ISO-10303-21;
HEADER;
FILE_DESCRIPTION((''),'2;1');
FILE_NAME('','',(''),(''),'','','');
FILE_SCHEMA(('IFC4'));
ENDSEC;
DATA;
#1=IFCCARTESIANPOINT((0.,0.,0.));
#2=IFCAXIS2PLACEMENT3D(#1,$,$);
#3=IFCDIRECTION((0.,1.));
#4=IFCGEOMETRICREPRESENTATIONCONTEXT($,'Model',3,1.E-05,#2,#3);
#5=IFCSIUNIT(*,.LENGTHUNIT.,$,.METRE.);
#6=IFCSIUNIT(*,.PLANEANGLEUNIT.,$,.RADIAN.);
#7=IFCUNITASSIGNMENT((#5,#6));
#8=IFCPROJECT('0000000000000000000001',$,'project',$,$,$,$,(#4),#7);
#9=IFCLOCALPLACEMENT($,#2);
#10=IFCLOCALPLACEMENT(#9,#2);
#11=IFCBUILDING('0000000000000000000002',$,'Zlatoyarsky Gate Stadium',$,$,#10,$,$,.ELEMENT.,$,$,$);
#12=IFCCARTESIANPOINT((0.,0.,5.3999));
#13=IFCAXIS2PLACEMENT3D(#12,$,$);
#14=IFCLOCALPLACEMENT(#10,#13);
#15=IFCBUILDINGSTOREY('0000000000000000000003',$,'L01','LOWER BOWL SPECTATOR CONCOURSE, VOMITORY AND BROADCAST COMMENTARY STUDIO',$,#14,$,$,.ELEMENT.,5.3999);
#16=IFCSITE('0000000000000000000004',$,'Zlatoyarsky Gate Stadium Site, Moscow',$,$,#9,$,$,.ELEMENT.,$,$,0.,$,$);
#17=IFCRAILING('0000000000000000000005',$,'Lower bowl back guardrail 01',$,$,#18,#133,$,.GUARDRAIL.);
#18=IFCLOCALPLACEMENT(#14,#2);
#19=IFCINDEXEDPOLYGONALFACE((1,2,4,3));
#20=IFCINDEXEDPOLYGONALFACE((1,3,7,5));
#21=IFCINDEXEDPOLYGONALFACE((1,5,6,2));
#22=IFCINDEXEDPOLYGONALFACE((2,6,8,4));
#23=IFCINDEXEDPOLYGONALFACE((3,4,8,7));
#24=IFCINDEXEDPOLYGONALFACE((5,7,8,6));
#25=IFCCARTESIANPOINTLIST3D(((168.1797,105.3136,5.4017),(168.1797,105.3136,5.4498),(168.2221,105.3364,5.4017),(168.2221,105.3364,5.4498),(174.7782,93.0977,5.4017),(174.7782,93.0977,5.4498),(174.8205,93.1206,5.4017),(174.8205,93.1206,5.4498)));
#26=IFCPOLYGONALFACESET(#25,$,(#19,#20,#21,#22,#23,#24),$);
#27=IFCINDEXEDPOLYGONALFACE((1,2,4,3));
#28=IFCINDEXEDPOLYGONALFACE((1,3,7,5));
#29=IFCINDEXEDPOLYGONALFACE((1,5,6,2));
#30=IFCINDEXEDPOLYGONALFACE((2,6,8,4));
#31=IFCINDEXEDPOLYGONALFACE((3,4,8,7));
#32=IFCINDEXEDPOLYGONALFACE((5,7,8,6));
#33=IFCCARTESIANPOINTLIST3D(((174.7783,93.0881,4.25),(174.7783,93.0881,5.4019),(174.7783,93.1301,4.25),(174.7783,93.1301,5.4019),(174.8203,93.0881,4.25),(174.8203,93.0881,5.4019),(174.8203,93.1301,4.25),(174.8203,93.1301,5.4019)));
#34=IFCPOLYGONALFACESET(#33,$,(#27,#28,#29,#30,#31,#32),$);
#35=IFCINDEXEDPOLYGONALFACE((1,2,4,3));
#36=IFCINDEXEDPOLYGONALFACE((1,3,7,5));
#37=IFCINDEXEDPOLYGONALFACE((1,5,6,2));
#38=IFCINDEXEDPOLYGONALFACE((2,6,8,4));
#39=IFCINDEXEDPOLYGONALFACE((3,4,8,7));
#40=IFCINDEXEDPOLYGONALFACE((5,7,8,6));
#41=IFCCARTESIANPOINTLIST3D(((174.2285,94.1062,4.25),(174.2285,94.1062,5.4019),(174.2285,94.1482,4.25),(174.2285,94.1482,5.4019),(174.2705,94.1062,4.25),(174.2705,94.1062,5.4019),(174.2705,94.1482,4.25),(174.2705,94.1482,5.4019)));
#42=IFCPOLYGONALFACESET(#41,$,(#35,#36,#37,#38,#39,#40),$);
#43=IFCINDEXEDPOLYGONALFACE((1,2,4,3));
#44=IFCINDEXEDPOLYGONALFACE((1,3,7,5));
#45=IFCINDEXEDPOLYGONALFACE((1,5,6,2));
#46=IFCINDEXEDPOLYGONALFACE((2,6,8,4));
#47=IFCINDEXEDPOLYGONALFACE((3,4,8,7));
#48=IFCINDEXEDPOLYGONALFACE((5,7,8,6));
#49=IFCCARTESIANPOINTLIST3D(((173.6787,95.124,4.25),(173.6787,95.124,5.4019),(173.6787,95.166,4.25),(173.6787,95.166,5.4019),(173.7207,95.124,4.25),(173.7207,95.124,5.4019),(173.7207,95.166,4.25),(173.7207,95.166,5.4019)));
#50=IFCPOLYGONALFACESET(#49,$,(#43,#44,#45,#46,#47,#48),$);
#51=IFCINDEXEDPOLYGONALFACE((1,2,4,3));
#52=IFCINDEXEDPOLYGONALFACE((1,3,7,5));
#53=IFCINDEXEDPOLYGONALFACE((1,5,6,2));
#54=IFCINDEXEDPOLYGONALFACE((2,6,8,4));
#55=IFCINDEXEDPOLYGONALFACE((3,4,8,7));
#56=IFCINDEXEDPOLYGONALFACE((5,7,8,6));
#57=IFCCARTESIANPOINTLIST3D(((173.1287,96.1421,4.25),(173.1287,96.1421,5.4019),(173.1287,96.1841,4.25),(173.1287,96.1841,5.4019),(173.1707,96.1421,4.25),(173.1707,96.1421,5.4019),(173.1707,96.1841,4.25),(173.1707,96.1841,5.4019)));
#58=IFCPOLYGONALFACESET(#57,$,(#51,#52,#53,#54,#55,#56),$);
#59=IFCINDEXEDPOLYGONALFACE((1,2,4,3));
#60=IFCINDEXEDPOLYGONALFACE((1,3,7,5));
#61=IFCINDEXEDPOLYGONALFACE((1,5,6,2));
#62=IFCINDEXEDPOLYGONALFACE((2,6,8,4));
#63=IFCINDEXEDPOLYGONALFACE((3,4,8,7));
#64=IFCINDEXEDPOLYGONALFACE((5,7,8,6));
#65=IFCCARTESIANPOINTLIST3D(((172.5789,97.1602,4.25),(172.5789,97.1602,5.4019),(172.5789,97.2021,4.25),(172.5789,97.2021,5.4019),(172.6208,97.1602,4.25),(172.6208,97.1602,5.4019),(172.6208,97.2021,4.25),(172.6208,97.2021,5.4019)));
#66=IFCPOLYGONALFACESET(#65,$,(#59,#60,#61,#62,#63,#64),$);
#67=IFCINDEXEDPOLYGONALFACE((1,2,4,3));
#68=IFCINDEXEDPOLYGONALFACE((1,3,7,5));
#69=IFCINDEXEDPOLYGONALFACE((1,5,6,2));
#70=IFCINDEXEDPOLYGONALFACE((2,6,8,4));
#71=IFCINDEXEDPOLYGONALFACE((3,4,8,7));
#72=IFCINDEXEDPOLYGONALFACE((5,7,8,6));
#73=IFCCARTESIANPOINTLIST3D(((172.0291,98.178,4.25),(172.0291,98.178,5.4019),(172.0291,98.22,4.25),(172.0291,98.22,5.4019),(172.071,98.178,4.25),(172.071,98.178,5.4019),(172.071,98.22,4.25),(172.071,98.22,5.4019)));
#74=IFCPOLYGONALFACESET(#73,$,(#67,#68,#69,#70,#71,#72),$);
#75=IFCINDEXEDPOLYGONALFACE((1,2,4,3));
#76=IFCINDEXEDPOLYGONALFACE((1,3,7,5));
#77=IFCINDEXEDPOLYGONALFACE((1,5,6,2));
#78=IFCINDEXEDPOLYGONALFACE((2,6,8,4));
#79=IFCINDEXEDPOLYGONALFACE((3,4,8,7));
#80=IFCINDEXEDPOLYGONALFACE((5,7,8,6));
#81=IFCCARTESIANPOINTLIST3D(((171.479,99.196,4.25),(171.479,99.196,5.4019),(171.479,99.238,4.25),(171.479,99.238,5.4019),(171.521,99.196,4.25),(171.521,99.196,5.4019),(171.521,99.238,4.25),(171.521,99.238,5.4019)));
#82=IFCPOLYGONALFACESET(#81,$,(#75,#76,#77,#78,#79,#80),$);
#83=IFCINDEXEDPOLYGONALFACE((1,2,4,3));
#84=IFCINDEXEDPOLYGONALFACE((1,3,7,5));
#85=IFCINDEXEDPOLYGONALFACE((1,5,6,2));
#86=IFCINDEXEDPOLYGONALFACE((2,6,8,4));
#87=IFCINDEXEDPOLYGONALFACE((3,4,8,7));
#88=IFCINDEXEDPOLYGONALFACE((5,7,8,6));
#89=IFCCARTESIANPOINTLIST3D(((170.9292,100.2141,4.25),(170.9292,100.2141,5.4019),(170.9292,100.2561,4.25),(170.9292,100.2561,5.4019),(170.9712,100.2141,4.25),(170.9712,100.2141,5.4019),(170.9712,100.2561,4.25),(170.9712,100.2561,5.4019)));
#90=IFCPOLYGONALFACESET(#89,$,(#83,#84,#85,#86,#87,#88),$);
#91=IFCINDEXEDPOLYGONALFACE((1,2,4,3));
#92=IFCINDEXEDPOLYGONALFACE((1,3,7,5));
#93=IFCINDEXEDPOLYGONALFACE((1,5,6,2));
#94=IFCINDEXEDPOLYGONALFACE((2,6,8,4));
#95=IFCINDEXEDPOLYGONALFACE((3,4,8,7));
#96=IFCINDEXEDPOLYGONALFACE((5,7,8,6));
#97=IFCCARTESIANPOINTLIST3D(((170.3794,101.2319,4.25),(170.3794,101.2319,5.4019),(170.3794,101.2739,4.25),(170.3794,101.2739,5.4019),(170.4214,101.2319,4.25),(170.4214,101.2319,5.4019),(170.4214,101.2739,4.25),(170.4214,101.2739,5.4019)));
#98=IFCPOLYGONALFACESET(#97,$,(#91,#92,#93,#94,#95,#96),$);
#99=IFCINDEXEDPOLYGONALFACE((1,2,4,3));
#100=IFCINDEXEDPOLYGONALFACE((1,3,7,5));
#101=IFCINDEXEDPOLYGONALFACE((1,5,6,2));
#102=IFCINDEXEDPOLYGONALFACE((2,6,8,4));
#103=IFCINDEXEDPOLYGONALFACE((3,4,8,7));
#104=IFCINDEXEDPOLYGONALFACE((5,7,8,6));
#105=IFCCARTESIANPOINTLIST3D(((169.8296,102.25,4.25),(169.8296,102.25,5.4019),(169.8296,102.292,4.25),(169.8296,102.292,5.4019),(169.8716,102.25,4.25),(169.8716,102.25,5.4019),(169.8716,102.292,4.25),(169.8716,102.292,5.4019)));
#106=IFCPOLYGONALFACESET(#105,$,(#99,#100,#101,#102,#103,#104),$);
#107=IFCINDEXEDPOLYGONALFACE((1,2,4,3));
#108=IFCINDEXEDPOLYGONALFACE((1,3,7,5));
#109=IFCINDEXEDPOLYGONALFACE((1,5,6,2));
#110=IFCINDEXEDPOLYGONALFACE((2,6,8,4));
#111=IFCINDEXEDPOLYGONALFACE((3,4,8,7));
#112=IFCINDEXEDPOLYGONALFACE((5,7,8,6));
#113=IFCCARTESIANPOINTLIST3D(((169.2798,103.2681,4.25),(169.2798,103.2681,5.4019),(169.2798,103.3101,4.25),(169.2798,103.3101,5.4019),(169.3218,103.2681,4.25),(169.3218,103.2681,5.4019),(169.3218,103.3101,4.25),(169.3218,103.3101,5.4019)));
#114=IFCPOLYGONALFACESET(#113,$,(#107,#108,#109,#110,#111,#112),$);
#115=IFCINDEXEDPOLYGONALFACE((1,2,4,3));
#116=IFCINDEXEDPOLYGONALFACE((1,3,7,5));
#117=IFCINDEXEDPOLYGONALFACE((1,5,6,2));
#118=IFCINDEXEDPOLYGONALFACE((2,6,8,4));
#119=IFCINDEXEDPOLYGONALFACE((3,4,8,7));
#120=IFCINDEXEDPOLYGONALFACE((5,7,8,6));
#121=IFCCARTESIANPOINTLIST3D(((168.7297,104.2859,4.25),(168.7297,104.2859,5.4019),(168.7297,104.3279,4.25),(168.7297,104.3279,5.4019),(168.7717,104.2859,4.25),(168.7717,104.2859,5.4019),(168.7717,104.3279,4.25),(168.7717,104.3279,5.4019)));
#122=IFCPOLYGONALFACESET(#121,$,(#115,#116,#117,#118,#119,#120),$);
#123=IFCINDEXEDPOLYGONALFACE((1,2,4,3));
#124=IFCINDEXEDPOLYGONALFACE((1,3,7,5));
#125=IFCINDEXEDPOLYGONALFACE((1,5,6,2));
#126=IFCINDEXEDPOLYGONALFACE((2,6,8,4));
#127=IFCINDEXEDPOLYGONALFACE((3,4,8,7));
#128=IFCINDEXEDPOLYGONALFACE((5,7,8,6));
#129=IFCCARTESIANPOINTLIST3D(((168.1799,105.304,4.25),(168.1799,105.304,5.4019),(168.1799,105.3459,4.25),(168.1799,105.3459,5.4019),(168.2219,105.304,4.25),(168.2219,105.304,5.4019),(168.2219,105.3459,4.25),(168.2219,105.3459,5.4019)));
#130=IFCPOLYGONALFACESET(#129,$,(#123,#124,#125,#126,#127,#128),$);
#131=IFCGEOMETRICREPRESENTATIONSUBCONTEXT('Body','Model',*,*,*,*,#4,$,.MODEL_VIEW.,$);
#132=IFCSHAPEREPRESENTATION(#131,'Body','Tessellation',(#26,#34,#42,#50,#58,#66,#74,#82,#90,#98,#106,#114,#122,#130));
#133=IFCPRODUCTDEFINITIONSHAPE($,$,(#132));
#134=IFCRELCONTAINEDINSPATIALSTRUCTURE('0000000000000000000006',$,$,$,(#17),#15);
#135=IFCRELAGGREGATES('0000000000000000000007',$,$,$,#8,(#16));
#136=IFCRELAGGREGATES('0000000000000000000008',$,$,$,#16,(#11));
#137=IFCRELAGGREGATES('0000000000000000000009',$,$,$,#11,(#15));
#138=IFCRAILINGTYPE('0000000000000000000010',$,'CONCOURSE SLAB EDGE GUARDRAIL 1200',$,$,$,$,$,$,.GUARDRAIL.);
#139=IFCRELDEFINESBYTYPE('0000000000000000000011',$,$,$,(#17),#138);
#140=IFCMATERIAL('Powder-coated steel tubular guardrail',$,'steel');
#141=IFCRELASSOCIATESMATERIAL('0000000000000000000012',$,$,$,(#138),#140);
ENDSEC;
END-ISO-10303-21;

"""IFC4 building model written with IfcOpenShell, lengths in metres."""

from ifc_helpers import new_model, si_unit, direction, frame, origin, origin_2d, place, context, subcontext, project, spatial, rectangle, extrude, material, type_object, element, save


model = new_model("IFC4")

# Units and contexts
model_context = context("Model", 3, precision=1e-05, world=origin(), true_north=direction((0.0, 1.0)))
body_context = subcontext(model_context, "Body", "Model", "MODEL_VIEW")
ifc_project = project(units=[si_unit("LENGTHUNIT", "METRE"), si_unit("PLANEANGLEUNIT", "RADIAN")], contexts=[model_context])

# Site, building, storey
site_placement = place(None, origin())
site = spatial("IfcSite", under=ifc_project, at=site_placement, Name="Zlatoyarsky Gate Stadium Site, Moscow", CompositionType="ELEMENT", RefElevation=0.0)
building_placement = place(site_placement, origin())
building = spatial("IfcBuilding", under=site, at=building_placement, Name="Zlatoyarsky Gate Stadium", CompositionType="ELEMENT")
storey_placement = place(building_placement, frame((0.0, 0.0, 5.3999)))
storey = spatial("IfcBuildingStorey", under=building, at=storey_placement, Name="L01", Description="LOWER BOWL SPECTATOR CONCOURSE, VOMITORY AND BROADCAST COMMENTARY STUDIO", CompositionType="ELEMENT", Elevation=5.3999)

# Railing
ifc_material_1 = material(Name="Powder-coated steel tubular guardrail", Category="steel")
railing_type_1 = type_object("IfcRailingType", Name="CONCOURSE SLAB EDGE GUARDRAIL 1200", PredefinedType="GUARDRAIL", material=ifc_material_1)
railing_1_placement = place(storey_placement, frame((174.7993, 93.1091, 4.25)))
element("IfcRailing", 1, at=railing_1_placement, inside=storey, type_object=railing_type_1, Name="Lower bowl back guardrail 01", PredefinedType="GUARDRAIL", context=body_context, shape_type="SweptSolid", body=[
    extrude(rectangle(XDim=0.0481, YDim=0.0481, at=origin_2d()), frame((0.0, 0.0, 1.1758), z_axis=(-0.475252, 0.87985, 0.0), x_axis=(-0.87985, -0.475252, 0.0)), (0.0, 0.0, 1.0), 13.884),
    extrude(rectangle(XDim=0.042, YDim=0.042, at=origin_2d()), origin(), (0.0, 0.0, 1.0), 1.1519),
    extrude(rectangle(XDim=0.042, YDim=0.042, at=origin_2d()), frame((-0.5498, 1.0181, 0.0)), (0.0, 0.0, 1.0), 1.1519),
    extrude(rectangle(XDim=0.042, YDim=0.042, at=origin_2d()), frame((-1.0996, 2.0359, 0.0)), (0.0, 0.0, 1.0), 1.1519),
    extrude(rectangle(XDim=0.042, YDim=0.042, at=origin_2d()), frame((-1.6497, 3.054, 0.0)), (0.0, 0.0, 1.0), 1.1519),
    extrude(rectangle(XDim=0.042, YDim=0.042, at=origin_2d()), frame((-2.1995, 4.072, 0.0)), (0.0, 0.0, 1.0), 1.1519),
    extrude(rectangle(XDim=0.042, YDim=0.042, at=origin_2d()), frame((-2.7493, 5.0898, 0.0)), (0.0, 0.0, 1.0), 1.1519),
    extrude(rectangle(XDim=0.042, YDim=0.042, at=origin_2d()), frame((-3.2993, 6.1079, 0.0)), (0.0, 0.0, 1.0), 1.1519),
    extrude(rectangle(XDim=0.042, YDim=0.042, at=origin_2d()), frame((-3.8491, 7.126, 0.0)), (0.0, 0.0, 1.0), 1.1519),
    extrude(rectangle(XDim=0.042, YDim=0.042, at=origin_2d()), frame((-4.3989, 8.1438, 0.0)), (0.0, 0.0, 1.0), 1.1519),
    extrude(rectangle(XDim=0.042, YDim=0.042, at=origin_2d()), frame((-4.9487, 9.1619, 0.0)), (0.0, 0.0, 1.0), 1.1519),
    extrude(rectangle(XDim=0.042, YDim=0.042, at=origin_2d()), frame((-5.4985, 10.1799, 0.0)), (0.0, 0.0, 1.0), 1.1519),
    extrude(rectangle(XDim=0.042, YDim=0.042, at=origin_2d()), frame((-6.0486, 11.1978, 0.0)), (0.0, 0.0, 1.0), 1.1519),
    extrude(rectangle(XDim=0.042, YDim=0.042, at=origin_2d()), frame((-6.5984, 12.2158, 0.0)), (0.0, 0.0, 1.0), 1.1519),
])

save(model, "model.ifc")
